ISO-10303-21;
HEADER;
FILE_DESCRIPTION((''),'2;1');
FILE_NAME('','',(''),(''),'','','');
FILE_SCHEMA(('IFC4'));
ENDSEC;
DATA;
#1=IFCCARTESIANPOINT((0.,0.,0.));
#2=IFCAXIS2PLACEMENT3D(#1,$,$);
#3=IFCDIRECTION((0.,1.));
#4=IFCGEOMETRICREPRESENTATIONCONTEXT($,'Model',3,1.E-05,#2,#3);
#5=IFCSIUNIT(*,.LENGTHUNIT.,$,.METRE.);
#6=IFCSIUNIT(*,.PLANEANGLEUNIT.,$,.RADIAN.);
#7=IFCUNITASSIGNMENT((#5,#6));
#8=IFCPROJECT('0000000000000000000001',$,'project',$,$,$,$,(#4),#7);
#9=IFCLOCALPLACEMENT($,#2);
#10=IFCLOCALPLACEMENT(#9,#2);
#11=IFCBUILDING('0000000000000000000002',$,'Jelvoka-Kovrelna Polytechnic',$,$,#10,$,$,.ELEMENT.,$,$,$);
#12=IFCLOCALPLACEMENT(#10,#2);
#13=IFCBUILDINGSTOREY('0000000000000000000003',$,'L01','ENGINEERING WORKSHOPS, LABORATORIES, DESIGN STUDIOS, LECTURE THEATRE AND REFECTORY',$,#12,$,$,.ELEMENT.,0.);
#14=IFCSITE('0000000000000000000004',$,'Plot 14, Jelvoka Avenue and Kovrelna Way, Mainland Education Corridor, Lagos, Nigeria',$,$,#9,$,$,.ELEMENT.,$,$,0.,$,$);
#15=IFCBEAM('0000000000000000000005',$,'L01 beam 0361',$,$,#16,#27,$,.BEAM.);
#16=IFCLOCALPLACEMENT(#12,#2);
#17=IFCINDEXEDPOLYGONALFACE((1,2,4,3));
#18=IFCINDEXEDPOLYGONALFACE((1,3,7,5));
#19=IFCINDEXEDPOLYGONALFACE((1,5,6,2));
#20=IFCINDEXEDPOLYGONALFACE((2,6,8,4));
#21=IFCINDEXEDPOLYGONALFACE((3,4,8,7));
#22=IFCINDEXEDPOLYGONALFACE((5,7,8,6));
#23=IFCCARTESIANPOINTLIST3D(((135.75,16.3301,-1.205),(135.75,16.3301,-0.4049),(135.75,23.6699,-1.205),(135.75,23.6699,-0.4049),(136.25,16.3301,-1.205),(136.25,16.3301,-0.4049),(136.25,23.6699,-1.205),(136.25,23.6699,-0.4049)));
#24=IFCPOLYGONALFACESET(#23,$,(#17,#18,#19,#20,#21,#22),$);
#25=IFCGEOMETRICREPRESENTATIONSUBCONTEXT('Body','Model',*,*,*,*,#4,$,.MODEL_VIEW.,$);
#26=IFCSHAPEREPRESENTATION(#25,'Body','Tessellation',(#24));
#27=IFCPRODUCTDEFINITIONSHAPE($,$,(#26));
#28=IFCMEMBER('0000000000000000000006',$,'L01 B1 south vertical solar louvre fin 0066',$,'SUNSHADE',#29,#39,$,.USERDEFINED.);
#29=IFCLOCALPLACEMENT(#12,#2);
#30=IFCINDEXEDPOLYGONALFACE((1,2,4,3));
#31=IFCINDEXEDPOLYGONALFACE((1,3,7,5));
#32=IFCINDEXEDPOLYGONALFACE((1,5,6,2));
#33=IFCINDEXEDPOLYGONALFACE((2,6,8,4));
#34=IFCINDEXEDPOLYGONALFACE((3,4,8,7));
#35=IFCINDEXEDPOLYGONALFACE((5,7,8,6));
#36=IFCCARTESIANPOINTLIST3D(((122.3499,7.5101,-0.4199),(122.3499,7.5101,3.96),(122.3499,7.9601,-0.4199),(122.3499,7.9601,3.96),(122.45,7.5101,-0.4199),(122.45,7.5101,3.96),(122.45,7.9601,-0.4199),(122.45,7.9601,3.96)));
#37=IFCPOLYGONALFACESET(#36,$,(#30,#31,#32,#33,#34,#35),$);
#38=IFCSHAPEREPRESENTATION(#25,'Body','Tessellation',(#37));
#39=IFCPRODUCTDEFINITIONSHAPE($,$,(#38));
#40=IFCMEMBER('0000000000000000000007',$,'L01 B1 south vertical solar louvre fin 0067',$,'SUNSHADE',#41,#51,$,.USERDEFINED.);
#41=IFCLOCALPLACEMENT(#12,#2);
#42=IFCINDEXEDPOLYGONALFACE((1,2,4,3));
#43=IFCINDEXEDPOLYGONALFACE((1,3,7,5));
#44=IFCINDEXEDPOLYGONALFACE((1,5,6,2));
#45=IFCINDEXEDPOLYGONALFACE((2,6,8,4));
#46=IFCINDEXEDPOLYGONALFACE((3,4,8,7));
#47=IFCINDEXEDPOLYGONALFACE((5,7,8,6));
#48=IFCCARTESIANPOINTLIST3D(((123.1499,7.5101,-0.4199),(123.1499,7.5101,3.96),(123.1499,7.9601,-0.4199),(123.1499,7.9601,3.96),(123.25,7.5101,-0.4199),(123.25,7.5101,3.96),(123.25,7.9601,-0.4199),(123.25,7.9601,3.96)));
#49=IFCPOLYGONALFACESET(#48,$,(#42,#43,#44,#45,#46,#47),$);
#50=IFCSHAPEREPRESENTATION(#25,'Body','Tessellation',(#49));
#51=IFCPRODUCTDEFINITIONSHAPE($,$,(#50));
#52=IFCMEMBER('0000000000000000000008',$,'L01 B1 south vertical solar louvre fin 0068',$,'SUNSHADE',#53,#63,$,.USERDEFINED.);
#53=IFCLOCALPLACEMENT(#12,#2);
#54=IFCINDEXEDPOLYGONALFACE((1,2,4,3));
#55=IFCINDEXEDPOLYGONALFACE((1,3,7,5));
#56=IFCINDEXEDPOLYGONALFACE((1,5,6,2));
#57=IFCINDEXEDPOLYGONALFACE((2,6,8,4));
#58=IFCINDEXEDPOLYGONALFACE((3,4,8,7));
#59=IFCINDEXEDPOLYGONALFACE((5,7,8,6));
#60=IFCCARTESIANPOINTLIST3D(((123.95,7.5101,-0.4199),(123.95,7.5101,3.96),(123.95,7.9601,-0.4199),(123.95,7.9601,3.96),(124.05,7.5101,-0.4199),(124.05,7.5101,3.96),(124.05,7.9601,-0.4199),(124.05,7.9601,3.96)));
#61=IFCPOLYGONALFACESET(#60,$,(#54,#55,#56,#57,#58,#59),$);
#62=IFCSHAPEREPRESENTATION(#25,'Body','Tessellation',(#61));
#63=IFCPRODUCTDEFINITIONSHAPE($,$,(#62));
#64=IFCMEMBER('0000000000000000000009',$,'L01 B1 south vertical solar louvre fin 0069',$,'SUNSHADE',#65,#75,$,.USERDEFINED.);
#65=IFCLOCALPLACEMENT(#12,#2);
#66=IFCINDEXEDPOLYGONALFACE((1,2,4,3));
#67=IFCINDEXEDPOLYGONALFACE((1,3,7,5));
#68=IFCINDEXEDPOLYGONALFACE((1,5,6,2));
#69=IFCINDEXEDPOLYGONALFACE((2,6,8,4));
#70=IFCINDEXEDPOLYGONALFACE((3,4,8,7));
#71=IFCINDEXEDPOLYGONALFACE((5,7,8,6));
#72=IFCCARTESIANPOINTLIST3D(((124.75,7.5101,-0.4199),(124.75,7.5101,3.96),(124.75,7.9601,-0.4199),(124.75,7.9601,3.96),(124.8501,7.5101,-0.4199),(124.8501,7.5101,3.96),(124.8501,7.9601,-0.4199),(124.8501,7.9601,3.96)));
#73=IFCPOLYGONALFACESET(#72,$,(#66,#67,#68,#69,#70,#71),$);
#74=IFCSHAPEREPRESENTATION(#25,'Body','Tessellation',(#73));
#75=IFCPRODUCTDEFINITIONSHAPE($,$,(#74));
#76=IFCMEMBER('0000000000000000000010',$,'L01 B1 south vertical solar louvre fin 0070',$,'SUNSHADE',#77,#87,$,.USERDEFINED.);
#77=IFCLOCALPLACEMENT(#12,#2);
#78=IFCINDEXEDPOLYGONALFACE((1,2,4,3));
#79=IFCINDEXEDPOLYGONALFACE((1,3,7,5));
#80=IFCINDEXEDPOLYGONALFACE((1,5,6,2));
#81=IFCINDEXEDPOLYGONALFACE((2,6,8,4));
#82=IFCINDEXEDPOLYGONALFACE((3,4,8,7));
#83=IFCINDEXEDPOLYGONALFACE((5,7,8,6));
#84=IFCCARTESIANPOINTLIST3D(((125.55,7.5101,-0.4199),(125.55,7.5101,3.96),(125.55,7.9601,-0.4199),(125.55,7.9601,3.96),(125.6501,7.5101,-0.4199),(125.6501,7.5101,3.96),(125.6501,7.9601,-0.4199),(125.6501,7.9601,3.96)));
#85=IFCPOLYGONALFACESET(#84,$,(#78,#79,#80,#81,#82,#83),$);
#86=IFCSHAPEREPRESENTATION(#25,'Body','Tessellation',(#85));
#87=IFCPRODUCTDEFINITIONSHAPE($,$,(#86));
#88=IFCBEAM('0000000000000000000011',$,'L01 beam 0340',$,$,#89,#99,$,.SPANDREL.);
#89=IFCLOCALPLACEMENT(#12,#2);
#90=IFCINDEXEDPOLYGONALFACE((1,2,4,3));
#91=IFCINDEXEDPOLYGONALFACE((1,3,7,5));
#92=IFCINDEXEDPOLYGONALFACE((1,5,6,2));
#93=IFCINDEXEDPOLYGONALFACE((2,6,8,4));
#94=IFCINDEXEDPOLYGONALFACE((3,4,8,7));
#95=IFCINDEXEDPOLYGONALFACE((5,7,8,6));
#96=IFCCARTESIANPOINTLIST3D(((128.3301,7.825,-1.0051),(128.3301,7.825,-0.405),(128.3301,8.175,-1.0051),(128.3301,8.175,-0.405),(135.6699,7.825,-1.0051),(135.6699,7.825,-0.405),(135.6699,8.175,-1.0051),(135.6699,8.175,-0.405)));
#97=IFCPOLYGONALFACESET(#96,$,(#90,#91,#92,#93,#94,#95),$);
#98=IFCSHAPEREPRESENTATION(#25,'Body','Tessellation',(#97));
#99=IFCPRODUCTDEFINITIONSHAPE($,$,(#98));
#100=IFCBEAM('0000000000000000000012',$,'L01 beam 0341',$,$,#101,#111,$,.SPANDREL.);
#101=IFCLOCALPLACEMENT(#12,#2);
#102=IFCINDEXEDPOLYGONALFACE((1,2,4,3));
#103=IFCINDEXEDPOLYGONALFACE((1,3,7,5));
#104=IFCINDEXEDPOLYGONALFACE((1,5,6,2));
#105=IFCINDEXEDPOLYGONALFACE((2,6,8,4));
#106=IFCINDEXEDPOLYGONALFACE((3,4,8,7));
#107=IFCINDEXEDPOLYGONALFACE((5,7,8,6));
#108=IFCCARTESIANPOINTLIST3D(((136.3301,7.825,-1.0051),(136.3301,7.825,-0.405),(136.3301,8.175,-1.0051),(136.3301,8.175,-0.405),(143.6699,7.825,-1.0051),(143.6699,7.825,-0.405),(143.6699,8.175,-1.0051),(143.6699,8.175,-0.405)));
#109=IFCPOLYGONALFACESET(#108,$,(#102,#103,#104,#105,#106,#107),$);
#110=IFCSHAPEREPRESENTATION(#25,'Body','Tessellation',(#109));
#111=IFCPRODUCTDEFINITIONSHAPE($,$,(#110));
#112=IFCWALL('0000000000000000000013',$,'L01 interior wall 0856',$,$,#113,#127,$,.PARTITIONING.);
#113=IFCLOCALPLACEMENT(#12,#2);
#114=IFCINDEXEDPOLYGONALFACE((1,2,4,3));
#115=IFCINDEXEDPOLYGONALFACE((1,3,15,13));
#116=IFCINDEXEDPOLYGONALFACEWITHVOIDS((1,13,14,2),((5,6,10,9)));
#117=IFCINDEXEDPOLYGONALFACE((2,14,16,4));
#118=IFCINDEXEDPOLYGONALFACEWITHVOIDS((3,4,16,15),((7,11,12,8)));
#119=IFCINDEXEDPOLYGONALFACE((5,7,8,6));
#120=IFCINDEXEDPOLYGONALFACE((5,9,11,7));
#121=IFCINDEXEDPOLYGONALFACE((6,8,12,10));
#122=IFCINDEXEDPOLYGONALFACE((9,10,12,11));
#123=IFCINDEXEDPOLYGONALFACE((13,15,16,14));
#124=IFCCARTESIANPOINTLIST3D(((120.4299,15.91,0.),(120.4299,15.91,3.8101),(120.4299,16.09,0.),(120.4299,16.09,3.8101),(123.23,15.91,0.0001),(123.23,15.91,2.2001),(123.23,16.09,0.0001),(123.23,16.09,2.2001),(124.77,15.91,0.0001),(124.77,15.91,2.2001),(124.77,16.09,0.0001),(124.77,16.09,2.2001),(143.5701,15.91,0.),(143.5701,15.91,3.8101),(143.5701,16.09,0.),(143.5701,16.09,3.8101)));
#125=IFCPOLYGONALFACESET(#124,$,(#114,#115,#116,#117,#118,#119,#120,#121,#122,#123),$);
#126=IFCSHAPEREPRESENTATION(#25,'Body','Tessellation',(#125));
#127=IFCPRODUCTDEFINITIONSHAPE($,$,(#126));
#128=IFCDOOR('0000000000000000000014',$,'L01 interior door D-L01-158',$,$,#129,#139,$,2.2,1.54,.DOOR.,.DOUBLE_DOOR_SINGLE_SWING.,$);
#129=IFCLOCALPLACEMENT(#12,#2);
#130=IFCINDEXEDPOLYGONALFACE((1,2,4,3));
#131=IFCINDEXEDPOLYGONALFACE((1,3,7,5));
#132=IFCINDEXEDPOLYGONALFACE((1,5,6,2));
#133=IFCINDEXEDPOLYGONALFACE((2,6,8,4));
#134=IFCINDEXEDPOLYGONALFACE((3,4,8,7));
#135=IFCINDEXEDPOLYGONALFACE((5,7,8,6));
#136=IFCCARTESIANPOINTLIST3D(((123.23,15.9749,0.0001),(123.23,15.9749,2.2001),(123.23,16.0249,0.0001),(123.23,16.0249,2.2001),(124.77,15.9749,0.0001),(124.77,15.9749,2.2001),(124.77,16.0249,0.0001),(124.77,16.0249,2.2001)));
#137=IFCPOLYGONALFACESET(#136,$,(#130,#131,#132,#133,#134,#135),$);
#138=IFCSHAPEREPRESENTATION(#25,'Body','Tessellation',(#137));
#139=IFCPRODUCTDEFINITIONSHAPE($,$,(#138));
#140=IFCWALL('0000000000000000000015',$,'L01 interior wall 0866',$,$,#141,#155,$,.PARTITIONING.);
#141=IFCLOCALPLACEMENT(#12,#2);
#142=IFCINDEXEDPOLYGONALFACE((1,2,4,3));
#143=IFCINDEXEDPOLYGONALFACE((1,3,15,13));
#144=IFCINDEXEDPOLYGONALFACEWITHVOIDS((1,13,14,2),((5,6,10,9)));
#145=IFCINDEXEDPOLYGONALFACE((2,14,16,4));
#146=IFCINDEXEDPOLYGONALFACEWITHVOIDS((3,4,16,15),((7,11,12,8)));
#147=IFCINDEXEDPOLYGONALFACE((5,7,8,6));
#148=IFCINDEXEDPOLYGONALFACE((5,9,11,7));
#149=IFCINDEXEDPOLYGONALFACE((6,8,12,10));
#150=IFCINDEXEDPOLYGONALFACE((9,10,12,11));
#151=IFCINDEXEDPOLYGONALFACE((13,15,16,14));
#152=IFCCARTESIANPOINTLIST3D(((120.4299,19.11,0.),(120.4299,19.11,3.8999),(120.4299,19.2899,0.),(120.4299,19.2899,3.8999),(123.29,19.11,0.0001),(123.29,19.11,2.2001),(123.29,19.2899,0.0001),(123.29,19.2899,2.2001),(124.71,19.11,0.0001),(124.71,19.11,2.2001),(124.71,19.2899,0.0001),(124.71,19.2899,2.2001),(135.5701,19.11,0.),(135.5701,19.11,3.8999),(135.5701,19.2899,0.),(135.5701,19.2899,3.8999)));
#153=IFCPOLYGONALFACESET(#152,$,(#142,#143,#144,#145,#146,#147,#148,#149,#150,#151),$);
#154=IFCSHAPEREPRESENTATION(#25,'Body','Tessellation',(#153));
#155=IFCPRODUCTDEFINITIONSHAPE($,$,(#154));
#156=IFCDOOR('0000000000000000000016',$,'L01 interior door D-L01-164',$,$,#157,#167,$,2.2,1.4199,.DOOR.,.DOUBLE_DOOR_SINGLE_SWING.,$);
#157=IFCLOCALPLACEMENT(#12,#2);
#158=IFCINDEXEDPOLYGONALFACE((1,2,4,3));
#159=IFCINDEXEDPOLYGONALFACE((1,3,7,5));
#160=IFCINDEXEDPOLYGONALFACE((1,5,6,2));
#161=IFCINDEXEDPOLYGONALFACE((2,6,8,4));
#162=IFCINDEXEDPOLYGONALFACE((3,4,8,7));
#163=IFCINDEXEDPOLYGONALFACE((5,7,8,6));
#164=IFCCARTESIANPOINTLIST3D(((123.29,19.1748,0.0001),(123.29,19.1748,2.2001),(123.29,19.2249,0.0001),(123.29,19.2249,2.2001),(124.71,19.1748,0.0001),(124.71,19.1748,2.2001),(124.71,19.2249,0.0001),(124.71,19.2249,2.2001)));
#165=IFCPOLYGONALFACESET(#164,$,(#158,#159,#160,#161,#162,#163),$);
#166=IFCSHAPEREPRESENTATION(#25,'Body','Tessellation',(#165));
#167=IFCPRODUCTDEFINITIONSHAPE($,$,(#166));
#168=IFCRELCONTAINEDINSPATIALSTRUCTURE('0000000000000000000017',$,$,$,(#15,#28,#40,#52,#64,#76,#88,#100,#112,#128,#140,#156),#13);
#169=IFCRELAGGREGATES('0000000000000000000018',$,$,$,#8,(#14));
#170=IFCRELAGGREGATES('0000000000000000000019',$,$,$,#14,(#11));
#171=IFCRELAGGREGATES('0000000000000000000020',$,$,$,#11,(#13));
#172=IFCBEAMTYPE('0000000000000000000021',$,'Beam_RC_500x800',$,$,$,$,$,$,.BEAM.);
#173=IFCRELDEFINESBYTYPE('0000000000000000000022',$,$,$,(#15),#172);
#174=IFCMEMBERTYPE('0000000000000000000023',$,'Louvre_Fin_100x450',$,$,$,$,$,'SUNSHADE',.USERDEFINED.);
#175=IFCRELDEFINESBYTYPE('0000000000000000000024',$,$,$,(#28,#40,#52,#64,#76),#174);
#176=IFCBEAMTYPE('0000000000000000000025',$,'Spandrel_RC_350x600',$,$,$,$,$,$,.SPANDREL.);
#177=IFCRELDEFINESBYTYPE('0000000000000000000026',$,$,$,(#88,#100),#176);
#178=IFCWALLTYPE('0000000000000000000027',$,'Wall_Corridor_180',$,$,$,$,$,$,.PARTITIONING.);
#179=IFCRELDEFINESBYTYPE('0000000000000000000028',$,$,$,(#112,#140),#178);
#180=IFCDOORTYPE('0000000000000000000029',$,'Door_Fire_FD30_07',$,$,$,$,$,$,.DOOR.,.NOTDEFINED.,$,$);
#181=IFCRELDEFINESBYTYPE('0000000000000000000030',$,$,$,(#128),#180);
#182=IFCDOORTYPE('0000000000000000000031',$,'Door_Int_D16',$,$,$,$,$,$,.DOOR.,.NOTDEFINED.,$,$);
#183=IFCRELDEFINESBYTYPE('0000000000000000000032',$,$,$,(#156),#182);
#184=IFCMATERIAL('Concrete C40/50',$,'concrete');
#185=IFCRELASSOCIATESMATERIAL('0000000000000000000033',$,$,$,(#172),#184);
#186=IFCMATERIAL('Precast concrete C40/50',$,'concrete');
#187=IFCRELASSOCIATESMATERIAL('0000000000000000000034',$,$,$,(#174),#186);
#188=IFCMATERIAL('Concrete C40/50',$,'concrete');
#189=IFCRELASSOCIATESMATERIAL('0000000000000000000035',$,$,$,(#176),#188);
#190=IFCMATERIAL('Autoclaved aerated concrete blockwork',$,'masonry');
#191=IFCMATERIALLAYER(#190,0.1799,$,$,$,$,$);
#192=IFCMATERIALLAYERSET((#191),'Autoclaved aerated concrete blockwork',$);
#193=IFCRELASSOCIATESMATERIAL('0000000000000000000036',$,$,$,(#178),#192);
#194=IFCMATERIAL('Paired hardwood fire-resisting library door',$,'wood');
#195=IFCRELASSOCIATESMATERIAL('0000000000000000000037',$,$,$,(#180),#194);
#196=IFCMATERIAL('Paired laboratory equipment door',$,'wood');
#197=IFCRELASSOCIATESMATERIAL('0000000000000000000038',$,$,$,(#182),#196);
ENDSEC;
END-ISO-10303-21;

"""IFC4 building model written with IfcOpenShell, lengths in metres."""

from ifc_helpers import new_model, si_unit, direction, frame, frame_2d, origin, origin_2d, place, context, subcontext, project, spatial, rectangle, extrude, material, layer, layer_set, material_profile, profile_set, type_object, element, fill, save


model = new_model("IFC4")

# Units and contexts
model_context = context("Model", 3, precision=1e-05, world=origin(), true_north=direction((0.0, 1.0)))
body_context = subcontext(model_context, "Body", "Model", "MODEL_VIEW")
ifc_project = project(units=[si_unit("LENGTHUNIT", "METRE"), si_unit("PLANEANGLEUNIT", "RADIAN")], contexts=[model_context])

# Site, building, storey
site_placement = place(None, origin())
site = spatial("IfcSite", under=ifc_project, at=site_placement, Name="Plot 14, Jelvoka Avenue and Kovrelna Way, Mainland Education Corridor, Lagos, Nigeria", CompositionType="ELEMENT", RefElevation=0.0)
building_placement = place(site_placement, origin())
building = spatial("IfcBuilding", under=site, at=building_placement, Name="Jelvoka-Kovrelna Polytechnic", CompositionType="ELEMENT")
storey_placement = place(building_placement, origin())
storey = spatial("IfcBuildingStorey", under=building, at=storey_placement, Name="L01", Description="ENGINEERING WORKSHOPS, LABORATORIES, DESIGN STUDIOS, LECTURE THEATRE AND REFECTORY", CompositionType="ELEMENT", Elevation=0.0)

# Beam
ifc_material_1 = material(Name="Concrete C40/50", Category="concrete")
ifc_material_profile_1 = material_profile(ifc_material_1, rectangle(XDim=0.5, YDim=0.8, at=origin_2d()), Name="RC 500x800")
ifc_profile_set_1 = profile_set([ifc_material_profile_1], Name="Concrete C40/50")
beam_type_1 = type_object("IfcBeamType", Name="Beam_RC_500x800", PredefinedType="BEAM", material=ifc_profile_set_1)
for number, where, z_axis, x_axis, name in (
    (1, (136.0, 16.3301, -0.8049), (0.0, 1.0, 0.0), (-1.0, 0.0, 0.0), "L01 beam 0361"),
):
    element("IfcBeam", number, at=place(storey_placement, frame(where, z_axis=z_axis, x_axis=x_axis)), inside=storey, type_object=beam_type_1, Name=name, PredefinedType="BEAM", context=body_context, shape_type="SweptSolid", body=[
        extrude(rectangle(XDim=0.5, YDim=0.8, at=origin_2d()), origin(), (0.0, 0.0, 1.0), 7.3398),
    ])

# Members
ifc_material_2 = material(Name="Precast concrete C40/50", Category="concrete")
ifc_material_profile_2 = material_profile(ifc_material_2, rectangle(XDim=0.1001, YDim=0.45, at=origin_2d()), Name="PC 100x450")
ifc_profile_set_2 = profile_set([ifc_material_profile_2], Name="Precast concrete C40/50")
member_type = type_object("IfcMemberType", Name="Louvre_Fin_100x450", ElementType="SUNSHADE", PredefinedType="USERDEFINED", material=ifc_profile_set_2)
for number, where, z_axis, x_axis, name in (
    (2, (122.3999, 7.7351, -0.4199), (0.0, 0.0, 1.0), (1.0, 0.0, 0.0), "L01 B1 south vertical solar louvre fin 0066"),
    (3, (123.2, 7.7351, -0.4199), (0.0, 0.0, 1.0), (1.0, 0.0, 0.0), "L01 B1 south vertical solar louvre fin 0067"),
    (4, (124.0, 7.7351, -0.4199), (0.0, 0.0, 1.0), (1.0, 0.0, 0.0), "L01 B1 south vertical solar louvre fin 0068"),
    (5, (124.8, 7.7351, -0.4199), (0.0, 0.0, 1.0), (1.0, 0.0, 0.0), "L01 B1 south vertical solar louvre fin 0069"),
    (6, (125.6001, 7.7351, -0.4199), (0.0, 0.0, 1.0), (1.0, 0.0, 0.0), "L01 B1 south vertical solar louvre fin 0070"),
):
    element("IfcMember", number, at=place(storey_placement, frame(where, z_axis=z_axis, x_axis=x_axis)), inside=storey, type_object=member_type, Name=name, ObjectType="SUNSHADE", PredefinedType="USERDEFINED", context=body_context, shape_type="SweptSolid", body=[
        extrude(rectangle(XDim=0.1001, YDim=0.45, at=origin_2d()), origin(), (0.0, 0.0, 1.0), 4.3799),
    ])

# Beams
ifc_material_3 = material(Name="Concrete C40/50", Category="concrete")
ifc_material_profile_3 = material_profile(ifc_material_3, rectangle(XDim=0.3501, YDim=0.6001, at=origin_2d()), Name="RC 350x600")
ifc_profile_set_3 = profile_set([ifc_material_profile_3], Name="Concrete C40/50")
beam_type_2 = type_object("IfcBeamType", Name="Spandrel_RC_350x600", PredefinedType="SPANDREL", material=ifc_profile_set_3)
for number, where, z_axis, x_axis, name in (
    (7, (128.3301, 8.0, -0.7051), (1.0, 0.0, 0.0), (0.0, 1.0, 0.0), "L01 beam 0340"),
    (8, (136.3301, 8.0, -0.7051), (1.0, 0.0, 0.0), (0.0, 1.0, 0.0), "L01 beam 0341"),
):
    element("IfcBeam", number, at=place(storey_placement, frame(where, z_axis=z_axis, x_axis=x_axis)), inside=storey, type_object=beam_type_2, Name=name, PredefinedType="SPANDREL", context=body_context, shape_type="SweptSolid", body=[
        extrude(rectangle(XDim=0.3501, YDim=0.6001, at=origin_2d()), origin(), (0.0, 0.0, 1.0), 7.3398),
    ])

# Walls, openings, doors
ifc_material_4 = material(Name="Autoclaved aerated concrete blockwork", Category="masonry")
ifc_layer_1 = layer(ifc_material_4, 0.1799)
ifc_layer_set_1 = layer_set([ifc_layer_1], Name="Autoclaved aerated concrete blockwork")
wall_type_1 = type_object("IfcWallType", Name="Wall_Corridor_180", PredefinedType="PARTITIONING", material=ifc_layer_set_1)
wall_1_placement = place(storey_placement, frame((120.4299, 16.0, 0.0), z_axis=(0.0, 0.0, 1.0), x_axis=(1.0, 0.0, 0.0)))
wall_1 = element("IfcWall", 9, at=wall_1_placement, inside=storey, type_object=wall_type_1, Name="L01 interior wall 0856", PredefinedType="PARTITIONING", context=body_context, shape_type="SweptSolid", body=[
    extrude(rectangle(XDim=23.1401, YDim=0.1799, at=frame_2d((11.5701, 0.0))), origin(), (0.0, 0.0, 1.0), 3.8101),
])
opening_1_placement = place(wall_1_placement, frame((2.8, 0.0, 0.0)))
opening_1 = element("IfcOpeningElement", 10, at=opening_1_placement, cuts=wall_1, PredefinedType="OPENING", context=body_context, shape_type="SweptSolid", body=[
    extrude(rectangle(XDim=1.54, YDim=2.2, at=frame_2d((0.77, 1.1001))), frame((0.0, 0.0999, 0.0), z_axis=(0.0, -1.0, 0.0), x_axis=(1.0, 0.0, 0.0)), (0.0, 0.0, 1.0), 0.2),
])
ifc_material_5 = material(Name="Paired hardwood fire-resisting library door", Category="wood")
door_type_1 = type_object("IfcDoorType", Name="Door_Fire_FD30_07", OperationType="NOTDEFINED", PredefinedType="DOOR", material=ifc_material_5)
door_1_placement = place(opening_1_placement, origin())
door_1 = element("IfcDoor", 11, at=door_1_placement, inside=storey, type_object=door_type_1, Name="L01 interior door D-L01-158", OperationType="DOUBLE_DOOR_SINGLE_SWING", OverallHeight=2.2, OverallWidth=1.54, PredefinedType="DOOR", context=body_context, shape_type="SweptSolid", body=[
    extrude(rectangle(XDim=1.54, YDim=2.2, at=frame_2d((0.77, 1.1001))), frame((0.0, 0.0249, 0.0), z_axis=(0.0, -1.0, 0.0), x_axis=(1.0, 0.0, 0.0)), (0.0, 0.0, 1.0), 0.05),
])
fill(opening_1, door_1)
wall_2_placement = place(storey_placement, frame((120.4299, 19.2, 0.0), z_axis=(0.0, 0.0, 1.0), x_axis=(1.0, 0.0, 0.0)))
wall_2 = element("IfcWall", 12, at=wall_2_placement, inside=storey, type_object=wall_type_1, Name="L01 interior wall 0866", PredefinedType="PARTITIONING", context=body_context, shape_type="SweptSolid", body=[
    extrude(rectangle(XDim=15.1401, YDim=0.1799, at=frame_2d((7.5701, 0.0))), origin(), (0.0, 0.0, 1.0), 3.8999),
])
opening_2_placement = place(wall_2_placement, frame((2.8601, 0.0, 0.0)))
opening_2 = element("IfcOpeningElement", 13, at=opening_2_placement, cuts=wall_2, PredefinedType="OPENING", context=body_context, shape_type="SweptSolid", body=[
    extrude(rectangle(XDim=1.4199, YDim=2.2, at=frame_2d((0.71, 1.1001))), frame((0.0, 0.0999, 0.0), z_axis=(0.0, -1.0, 0.0), x_axis=(1.0, 0.0, 0.0)), (0.0, 0.0, 1.0), 0.2),
])
ifc_material_6 = material(Name="Paired laboratory equipment door", Category="wood")
door_type_2 = type_object("IfcDoorType", Name="Door_Int_D16", OperationType="NOTDEFINED", PredefinedType="DOOR", material=ifc_material_6)
door_2_placement = place(opening_2_placement, origin())
door_2 = element("IfcDoor", 14, at=door_2_placement, inside=storey, type_object=door_type_2, Name="L01 interior door D-L01-164", OperationType="DOUBLE_DOOR_SINGLE_SWING", OverallHeight=2.2, OverallWidth=1.4199, PredefinedType="DOOR", context=body_context, shape_type="SweptSolid", body=[
    extrude(rectangle(XDim=1.4199, YDim=2.2, at=frame_2d((0.71, 1.1001))), frame((0.0, 0.0249, 0.0), z_axis=(0.0, -1.0, 0.0), x_axis=(1.0, 0.0, 0.0)), (0.0, 0.0, 1.0), 0.05),
])
fill(opening_2, door_2)

save(model, "model.ifc")
